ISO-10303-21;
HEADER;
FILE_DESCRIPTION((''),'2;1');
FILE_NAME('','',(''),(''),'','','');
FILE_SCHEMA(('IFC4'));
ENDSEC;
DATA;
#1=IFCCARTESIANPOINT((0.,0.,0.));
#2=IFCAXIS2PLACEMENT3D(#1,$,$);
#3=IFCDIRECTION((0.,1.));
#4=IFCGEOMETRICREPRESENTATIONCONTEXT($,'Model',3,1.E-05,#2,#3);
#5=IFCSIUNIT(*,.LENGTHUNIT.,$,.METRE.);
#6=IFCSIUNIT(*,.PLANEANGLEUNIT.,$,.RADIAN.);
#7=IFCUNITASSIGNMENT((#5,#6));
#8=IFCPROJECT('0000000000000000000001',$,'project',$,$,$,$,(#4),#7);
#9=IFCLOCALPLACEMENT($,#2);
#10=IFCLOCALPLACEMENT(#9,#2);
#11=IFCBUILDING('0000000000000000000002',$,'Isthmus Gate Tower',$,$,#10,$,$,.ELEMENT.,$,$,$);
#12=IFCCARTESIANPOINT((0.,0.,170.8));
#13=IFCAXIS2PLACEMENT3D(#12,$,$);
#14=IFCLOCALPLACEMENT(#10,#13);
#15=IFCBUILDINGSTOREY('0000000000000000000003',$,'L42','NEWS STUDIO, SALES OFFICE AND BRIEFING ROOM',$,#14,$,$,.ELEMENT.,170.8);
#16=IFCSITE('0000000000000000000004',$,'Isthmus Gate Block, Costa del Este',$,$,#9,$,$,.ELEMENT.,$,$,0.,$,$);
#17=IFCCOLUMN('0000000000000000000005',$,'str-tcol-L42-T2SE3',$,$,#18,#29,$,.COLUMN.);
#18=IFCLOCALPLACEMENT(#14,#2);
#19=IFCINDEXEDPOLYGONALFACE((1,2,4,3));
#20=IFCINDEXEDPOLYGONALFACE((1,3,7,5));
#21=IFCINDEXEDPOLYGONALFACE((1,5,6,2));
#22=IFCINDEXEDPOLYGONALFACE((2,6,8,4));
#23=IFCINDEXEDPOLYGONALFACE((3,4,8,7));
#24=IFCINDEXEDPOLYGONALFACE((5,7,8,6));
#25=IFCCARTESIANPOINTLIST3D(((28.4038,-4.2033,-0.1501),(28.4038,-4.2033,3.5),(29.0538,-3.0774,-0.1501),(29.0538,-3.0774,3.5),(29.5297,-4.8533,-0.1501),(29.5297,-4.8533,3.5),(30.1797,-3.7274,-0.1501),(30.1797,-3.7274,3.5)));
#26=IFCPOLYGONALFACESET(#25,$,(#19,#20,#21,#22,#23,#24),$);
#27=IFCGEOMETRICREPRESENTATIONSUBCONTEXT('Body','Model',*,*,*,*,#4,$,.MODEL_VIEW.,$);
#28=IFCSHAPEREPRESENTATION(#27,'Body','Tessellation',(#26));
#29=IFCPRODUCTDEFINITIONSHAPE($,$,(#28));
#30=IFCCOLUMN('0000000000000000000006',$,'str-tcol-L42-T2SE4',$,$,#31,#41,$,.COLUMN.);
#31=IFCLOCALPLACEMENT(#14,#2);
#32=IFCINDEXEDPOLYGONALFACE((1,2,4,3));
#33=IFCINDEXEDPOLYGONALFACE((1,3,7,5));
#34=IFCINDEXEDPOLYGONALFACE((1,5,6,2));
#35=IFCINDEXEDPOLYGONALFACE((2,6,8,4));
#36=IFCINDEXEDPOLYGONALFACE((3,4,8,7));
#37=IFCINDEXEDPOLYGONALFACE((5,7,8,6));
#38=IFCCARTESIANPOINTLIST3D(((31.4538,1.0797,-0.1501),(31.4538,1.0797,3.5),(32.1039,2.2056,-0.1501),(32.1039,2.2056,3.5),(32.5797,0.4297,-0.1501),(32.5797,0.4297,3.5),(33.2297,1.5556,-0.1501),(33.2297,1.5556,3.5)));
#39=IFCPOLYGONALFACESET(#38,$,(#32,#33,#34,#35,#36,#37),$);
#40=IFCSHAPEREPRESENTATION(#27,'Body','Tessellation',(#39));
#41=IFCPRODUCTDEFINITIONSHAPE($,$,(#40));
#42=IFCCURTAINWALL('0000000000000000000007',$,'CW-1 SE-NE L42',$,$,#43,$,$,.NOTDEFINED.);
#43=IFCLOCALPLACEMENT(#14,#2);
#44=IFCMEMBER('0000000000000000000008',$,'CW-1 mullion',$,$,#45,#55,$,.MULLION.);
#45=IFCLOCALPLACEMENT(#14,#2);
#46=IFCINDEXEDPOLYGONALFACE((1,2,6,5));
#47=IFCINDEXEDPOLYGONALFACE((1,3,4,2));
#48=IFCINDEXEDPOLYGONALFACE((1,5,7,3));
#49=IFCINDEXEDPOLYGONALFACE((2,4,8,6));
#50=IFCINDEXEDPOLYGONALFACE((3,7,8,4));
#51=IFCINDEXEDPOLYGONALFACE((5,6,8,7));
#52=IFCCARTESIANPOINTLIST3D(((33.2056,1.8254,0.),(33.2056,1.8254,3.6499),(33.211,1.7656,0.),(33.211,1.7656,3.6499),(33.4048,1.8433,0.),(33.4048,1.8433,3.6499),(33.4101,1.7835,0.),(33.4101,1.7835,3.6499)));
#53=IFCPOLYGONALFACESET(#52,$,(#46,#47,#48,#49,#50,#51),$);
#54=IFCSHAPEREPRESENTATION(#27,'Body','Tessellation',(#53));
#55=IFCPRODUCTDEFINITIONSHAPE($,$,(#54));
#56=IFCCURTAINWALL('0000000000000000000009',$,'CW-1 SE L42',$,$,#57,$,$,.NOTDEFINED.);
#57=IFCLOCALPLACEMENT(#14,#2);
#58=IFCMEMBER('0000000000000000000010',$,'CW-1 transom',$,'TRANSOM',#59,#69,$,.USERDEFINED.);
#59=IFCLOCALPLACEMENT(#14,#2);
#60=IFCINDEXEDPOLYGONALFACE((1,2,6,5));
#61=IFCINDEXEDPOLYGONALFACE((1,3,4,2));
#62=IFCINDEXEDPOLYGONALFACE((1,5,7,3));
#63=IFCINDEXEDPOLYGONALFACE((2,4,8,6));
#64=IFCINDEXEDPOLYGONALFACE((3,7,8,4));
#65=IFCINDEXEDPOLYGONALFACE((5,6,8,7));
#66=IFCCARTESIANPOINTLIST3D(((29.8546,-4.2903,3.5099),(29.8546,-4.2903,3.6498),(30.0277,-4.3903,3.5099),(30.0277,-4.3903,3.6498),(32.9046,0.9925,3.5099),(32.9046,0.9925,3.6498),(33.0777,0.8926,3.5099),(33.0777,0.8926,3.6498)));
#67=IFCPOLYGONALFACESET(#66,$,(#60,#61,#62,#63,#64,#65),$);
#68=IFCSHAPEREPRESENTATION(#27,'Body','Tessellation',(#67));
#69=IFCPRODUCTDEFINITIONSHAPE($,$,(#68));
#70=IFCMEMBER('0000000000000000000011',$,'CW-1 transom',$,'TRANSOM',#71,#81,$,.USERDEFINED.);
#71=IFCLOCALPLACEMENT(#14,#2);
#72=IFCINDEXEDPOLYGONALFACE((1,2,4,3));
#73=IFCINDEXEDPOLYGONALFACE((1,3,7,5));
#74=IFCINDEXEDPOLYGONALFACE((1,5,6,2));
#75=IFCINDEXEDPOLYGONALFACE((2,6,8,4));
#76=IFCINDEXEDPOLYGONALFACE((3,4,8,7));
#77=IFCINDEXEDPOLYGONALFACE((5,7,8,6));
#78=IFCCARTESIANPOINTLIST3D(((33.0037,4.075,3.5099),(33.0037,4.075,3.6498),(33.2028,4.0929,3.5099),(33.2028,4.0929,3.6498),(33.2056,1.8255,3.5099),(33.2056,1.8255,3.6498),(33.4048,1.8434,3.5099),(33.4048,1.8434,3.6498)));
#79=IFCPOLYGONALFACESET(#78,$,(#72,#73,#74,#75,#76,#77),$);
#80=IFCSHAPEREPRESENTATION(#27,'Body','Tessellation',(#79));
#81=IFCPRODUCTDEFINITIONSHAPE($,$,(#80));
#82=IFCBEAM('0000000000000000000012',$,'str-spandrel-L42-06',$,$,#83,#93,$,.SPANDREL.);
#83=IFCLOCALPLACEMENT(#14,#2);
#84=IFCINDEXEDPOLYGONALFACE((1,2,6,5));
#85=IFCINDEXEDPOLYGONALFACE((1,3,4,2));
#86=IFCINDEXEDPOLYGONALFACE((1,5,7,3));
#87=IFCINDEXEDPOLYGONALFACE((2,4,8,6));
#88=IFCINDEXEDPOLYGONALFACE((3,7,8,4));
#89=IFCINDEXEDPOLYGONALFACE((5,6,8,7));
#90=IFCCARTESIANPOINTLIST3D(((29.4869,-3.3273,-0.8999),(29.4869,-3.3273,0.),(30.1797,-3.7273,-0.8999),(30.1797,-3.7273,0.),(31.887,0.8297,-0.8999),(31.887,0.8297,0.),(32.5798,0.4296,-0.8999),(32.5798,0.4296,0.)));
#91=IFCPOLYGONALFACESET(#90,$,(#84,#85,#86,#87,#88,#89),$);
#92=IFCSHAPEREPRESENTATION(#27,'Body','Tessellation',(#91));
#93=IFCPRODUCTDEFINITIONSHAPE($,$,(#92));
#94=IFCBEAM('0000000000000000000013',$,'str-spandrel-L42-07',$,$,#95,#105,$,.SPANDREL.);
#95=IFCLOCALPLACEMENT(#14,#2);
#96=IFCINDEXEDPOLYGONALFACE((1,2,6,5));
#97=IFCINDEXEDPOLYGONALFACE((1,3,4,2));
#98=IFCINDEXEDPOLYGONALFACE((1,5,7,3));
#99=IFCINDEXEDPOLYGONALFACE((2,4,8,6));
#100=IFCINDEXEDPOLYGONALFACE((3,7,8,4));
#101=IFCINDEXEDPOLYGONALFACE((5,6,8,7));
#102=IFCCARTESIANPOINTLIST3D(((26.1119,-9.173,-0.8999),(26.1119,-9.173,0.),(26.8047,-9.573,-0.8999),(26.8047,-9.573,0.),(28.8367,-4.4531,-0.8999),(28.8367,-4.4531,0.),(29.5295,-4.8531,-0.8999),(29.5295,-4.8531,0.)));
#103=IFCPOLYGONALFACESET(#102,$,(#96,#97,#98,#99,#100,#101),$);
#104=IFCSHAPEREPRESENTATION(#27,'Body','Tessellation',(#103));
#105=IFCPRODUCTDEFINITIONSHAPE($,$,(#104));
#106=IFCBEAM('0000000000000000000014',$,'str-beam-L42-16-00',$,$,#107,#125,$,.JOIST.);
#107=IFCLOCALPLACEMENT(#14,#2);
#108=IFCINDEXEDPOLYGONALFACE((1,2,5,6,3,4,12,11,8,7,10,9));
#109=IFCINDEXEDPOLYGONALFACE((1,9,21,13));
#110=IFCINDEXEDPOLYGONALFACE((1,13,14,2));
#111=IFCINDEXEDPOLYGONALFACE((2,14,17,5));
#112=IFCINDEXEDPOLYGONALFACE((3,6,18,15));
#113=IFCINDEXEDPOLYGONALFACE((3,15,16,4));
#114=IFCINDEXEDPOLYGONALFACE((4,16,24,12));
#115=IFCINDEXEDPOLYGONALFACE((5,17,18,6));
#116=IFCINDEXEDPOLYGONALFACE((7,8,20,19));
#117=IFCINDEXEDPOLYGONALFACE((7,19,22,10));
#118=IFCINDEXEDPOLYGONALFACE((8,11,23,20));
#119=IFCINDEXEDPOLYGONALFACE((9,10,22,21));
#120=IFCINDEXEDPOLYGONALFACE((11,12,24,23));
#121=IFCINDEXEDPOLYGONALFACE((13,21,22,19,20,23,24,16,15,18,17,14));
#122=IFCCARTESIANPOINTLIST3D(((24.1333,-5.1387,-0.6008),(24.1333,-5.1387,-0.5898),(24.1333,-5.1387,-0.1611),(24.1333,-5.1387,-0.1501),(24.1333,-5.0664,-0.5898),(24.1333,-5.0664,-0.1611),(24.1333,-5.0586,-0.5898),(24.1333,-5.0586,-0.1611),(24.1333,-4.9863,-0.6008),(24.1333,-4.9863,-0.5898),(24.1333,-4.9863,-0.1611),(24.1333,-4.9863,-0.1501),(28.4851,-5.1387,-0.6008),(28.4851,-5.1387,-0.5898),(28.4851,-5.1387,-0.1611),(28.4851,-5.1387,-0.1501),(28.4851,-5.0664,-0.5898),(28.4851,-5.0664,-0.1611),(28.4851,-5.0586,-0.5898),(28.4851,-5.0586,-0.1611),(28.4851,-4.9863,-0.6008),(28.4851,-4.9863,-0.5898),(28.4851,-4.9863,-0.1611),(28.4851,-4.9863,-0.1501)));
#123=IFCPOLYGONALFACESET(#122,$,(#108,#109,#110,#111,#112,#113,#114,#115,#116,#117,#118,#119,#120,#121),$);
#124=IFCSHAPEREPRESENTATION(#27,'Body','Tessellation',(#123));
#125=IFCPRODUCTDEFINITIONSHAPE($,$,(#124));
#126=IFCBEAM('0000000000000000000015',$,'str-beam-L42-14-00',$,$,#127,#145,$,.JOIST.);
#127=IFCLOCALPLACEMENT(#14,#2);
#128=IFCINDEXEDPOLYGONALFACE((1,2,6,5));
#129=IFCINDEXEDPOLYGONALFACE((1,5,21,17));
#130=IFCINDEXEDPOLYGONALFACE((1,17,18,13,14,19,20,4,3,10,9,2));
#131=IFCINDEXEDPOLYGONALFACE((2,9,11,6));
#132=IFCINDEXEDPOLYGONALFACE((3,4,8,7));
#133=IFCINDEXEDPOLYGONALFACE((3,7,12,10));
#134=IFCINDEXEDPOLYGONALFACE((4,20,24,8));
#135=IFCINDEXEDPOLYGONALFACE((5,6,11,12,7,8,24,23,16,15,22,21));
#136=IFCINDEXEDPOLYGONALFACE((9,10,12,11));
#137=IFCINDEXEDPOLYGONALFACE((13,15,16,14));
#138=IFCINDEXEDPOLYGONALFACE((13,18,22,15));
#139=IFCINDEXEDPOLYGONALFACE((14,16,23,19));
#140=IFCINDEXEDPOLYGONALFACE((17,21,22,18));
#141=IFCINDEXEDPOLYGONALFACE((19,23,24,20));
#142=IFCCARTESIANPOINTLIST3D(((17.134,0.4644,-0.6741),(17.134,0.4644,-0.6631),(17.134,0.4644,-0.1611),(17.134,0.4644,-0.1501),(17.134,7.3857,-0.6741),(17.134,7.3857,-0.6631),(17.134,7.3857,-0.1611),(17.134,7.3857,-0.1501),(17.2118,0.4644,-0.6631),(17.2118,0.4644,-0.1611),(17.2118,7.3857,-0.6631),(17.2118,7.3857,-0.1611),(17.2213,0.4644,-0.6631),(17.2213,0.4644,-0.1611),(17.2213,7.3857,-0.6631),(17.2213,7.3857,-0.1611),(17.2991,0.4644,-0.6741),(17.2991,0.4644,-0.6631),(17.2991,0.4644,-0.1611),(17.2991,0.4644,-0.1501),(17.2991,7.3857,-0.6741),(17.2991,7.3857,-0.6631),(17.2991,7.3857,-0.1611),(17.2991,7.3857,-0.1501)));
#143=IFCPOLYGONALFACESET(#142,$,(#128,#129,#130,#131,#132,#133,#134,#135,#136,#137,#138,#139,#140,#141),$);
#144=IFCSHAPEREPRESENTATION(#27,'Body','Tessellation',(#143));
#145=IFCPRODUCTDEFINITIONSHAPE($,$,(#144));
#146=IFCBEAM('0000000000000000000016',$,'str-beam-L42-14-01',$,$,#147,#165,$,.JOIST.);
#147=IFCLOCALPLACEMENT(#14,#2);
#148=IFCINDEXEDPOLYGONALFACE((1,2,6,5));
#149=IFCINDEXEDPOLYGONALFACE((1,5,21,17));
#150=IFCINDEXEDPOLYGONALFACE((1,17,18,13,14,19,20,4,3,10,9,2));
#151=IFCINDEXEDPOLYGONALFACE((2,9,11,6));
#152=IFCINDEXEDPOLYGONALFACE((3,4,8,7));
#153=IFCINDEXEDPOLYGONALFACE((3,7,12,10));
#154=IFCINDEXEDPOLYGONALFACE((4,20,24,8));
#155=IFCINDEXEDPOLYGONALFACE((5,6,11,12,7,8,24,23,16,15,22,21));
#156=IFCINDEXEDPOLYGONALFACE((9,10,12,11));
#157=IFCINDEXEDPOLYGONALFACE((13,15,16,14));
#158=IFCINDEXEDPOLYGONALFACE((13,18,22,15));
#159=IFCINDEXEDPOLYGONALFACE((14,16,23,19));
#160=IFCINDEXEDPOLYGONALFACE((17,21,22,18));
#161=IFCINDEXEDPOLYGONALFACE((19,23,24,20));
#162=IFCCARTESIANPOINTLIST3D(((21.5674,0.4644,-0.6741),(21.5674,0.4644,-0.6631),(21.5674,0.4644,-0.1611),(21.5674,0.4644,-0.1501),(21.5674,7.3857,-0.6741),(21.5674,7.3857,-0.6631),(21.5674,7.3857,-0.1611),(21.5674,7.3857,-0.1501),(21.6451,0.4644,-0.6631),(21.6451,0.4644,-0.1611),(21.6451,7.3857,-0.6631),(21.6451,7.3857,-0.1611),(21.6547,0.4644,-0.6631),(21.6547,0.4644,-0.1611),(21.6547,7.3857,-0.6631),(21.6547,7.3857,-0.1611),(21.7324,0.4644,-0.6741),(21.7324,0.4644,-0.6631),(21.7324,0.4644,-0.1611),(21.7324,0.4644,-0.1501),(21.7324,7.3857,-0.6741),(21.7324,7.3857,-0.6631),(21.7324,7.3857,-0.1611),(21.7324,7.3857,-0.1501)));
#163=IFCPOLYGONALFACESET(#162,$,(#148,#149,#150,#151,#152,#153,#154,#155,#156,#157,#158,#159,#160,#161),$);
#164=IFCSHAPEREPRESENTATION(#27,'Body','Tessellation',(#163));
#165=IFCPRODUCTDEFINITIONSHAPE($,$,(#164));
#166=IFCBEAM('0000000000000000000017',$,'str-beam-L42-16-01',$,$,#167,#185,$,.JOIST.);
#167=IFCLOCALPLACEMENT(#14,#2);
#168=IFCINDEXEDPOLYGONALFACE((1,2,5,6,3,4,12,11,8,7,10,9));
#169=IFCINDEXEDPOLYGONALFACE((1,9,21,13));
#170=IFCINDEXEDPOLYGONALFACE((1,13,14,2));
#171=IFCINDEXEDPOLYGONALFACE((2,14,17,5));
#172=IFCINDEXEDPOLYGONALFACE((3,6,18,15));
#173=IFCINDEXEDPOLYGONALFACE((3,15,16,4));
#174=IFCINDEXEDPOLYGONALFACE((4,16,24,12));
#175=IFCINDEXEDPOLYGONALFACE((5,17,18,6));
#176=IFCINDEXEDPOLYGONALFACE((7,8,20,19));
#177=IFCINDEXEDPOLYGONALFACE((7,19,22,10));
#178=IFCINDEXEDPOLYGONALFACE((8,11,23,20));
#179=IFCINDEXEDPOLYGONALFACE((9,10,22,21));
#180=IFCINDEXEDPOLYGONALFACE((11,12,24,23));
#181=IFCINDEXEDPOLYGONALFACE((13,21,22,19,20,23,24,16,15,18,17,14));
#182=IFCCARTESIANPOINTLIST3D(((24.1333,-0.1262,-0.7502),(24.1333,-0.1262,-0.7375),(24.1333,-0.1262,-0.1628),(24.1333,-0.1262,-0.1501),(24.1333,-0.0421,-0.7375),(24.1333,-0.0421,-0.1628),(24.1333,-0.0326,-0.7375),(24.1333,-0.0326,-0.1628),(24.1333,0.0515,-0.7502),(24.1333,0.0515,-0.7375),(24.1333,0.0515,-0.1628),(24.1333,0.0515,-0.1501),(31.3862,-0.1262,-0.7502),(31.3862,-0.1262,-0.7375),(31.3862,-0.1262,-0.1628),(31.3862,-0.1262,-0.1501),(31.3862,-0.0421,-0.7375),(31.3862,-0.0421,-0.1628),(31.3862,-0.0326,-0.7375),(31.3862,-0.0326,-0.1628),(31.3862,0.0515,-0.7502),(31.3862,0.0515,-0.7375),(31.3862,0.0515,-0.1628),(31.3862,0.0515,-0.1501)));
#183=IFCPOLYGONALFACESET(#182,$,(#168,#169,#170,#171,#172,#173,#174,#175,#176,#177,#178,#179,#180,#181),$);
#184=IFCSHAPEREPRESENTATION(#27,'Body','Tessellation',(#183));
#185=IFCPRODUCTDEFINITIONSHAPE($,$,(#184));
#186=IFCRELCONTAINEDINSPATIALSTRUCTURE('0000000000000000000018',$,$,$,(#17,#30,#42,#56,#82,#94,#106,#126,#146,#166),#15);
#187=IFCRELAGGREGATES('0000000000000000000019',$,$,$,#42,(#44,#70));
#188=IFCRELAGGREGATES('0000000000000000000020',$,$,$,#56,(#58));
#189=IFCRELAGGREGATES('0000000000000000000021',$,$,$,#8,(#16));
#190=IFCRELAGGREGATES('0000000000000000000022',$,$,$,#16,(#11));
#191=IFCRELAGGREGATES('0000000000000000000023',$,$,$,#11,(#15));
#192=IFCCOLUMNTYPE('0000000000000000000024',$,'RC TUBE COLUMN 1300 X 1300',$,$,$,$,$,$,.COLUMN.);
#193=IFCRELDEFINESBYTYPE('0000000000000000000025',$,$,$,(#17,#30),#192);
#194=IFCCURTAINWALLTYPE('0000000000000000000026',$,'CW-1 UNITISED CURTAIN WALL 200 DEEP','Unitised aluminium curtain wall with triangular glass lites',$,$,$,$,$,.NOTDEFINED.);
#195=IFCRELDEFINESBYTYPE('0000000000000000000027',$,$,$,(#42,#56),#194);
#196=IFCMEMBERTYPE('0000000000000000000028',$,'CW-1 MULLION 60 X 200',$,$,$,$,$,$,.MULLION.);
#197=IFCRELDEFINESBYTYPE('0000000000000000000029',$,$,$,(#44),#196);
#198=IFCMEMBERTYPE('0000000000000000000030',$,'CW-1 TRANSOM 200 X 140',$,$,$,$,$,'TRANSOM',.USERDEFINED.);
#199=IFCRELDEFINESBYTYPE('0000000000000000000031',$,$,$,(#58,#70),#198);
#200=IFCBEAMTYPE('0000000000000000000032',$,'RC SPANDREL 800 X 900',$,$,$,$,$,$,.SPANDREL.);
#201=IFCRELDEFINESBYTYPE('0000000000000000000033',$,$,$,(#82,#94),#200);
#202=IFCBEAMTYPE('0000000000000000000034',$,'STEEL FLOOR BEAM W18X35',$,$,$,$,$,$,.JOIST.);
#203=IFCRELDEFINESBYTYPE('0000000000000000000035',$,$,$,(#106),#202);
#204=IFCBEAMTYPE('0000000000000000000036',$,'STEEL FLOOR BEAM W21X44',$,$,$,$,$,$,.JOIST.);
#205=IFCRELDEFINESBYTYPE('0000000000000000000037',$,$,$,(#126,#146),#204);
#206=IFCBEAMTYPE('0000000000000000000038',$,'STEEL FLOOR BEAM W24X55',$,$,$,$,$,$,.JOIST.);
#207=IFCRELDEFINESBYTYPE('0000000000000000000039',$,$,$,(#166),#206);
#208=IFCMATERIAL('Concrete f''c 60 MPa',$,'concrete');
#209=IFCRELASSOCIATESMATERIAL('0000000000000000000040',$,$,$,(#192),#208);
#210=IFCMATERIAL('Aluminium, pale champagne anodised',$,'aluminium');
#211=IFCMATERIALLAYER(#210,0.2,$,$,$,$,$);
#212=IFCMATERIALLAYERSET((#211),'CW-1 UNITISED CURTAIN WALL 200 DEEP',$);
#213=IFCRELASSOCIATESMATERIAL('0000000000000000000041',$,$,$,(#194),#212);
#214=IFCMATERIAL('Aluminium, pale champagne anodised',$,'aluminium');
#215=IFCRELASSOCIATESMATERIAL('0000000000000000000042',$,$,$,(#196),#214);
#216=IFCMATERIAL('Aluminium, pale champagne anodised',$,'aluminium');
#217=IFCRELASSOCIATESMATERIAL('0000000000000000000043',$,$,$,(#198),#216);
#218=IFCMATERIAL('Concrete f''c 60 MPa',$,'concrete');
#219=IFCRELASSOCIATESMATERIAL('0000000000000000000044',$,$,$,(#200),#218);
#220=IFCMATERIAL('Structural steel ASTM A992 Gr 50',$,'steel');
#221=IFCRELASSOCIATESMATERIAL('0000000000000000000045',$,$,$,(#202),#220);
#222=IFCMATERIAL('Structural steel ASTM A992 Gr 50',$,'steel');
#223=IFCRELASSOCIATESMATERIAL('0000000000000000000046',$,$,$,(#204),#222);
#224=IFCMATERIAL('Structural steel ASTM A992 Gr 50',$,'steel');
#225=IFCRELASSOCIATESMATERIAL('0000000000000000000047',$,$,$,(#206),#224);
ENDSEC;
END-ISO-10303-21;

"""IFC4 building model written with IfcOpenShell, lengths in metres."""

from ifc_helpers import new_model, si_unit, direction, frame, origin, origin_2d, place, context, subcontext, project, spatial, rectangle, i_section, extrude, material, layer, layer_set, material_profile, profile_set, type_object, element, aggregate, save


model = new_model("IFC4")

# Units and contexts
model_context = context("Model", 3, precision=1e-05, world=origin(), true_north=direction((0.0, 1.0)))
body_context = subcontext(model_context, "Body", "Model", "MODEL_VIEW")
ifc_project = project(units=[si_unit("LENGTHUNIT", "METRE"), si_unit("PLANEANGLEUNIT", "RADIAN")], contexts=[model_context])

# Site, building, storey
site_placement = place(None, origin())
site = spatial("IfcSite", under=ifc_project, at=site_placement, Name="Isthmus Gate Block, Costa del Este", CompositionType="ELEMENT", RefElevation=0.0)
building_placement = place(site_placement, origin())
building = spatial("IfcBuilding", under=site, at=building_placement, Name="Isthmus Gate Tower", CompositionType="ELEMENT")
storey_placement = place(building_placement, frame((0.0, 0.0, 170.8)))
storey = spatial("IfcBuildingStorey", under=building, at=storey_placement, Name="L42", Description="NEWS STUDIO, SALES OFFICE AND BRIEFING ROOM", CompositionType="ELEMENT", Elevation=170.8)

# Columns
ifc_material_1 = material(Name="Concrete f'c 60 MPa", Category="concrete")
ifc_material_profile_1 = material_profile(ifc_material_1, rectangle(XDim=1.3, YDim=1.3, at=origin_2d()), Name="RC 1300X1300")
ifc_profile_set_1 = profile_set([ifc_material_profile_1], Name="Concrete f'c 60 MPa")
column_type = type_object("IfcColumnType", Name="RC TUBE COLUMN 1300 X 1300", PredefinedType="COLUMN", material=ifc_profile_set_1)
for number, where, z_axis, x_axis, name in (
    (1, (29.2917, -3.9653, -0.1501), (0.0, 0.0, 1.0), (0.5, 0.866025, 0.0), "str-tcol-L42-T2SE3"),
    (2, (32.3418, 1.3176, -0.1501), (0.0, 0.0, 1.0), (0.5, 0.866025, 0.0), "str-tcol-L42-T2SE4"),
):
    element("IfcColumn", number, at=place(storey_placement, frame(where, z_axis=z_axis, x_axis=x_axis)), inside=storey, type_object=column_type, Name=name, PredefinedType="COLUMN", context=body_context, shape_type="SweptSolid", body=[
        extrude(rectangle(XDim=1.3, YDim=1.3, at=origin_2d()), origin(), (0.0, 0.0, 1.0), 3.6501),
    ])

# Curtain walls, members
ifc_material_2 = material(Name="Aluminium, pale champagne anodised", Category="aluminium")
ifc_layer_1 = layer(ifc_material_2, 0.2)
ifc_layer_set_1 = layer_set([ifc_layer_1], Name="CW-1 UNITISED CURTAIN WALL 200 DEEP")
curtain_wall_type = type_object("IfcCurtainWallType", Name="CW-1 UNITISED CURTAIN WALL 200 DEEP", Description="Unitised aluminium curtain wall with triangular glass lites", PredefinedType="NOTDEFINED", material=ifc_layer_set_1)
curtain_wall_1_placement = place(storey_placement, origin())
curtain_wall_1 = element("IfcCurtainWall", 3, at=curtain_wall_1_placement, inside=storey, type_object=curtain_wall_type, Name="CW-1 SE-NE L42", PredefinedType="NOTDEFINED")
ifc_material_3 = material(Name="Aluminium, pale champagne anodised", Category="aluminium")
ifc_material_profile_2 = material_profile(ifc_material_3, rectangle(XDim=0.0601, YDim=0.2, at=origin_2d()), Name="60x200")
ifc_profile_set_2 = profile_set([ifc_material_profile_2], Name="Aluminium, pale champagne anodised")
member_type_1 = type_object("IfcMemberType", Name="CW-1 MULLION 60 X 200", PredefinedType="MULLION", material=ifc_profile_set_2)
member_1_placement = place(storey_placement, frame((33.3079, 1.8044, 0.0), z_axis=(0.0, 0.0, 1.0), x_axis=(-0.089397, 0.995996, 0.0)))
member_1 = element("IfcMember", 4, at=member_1_placement, type_object=member_type_1, Name="CW-1 mullion", PredefinedType="MULLION", context=body_context, shape_type="SweptSolid", body=[
    extrude(rectangle(XDim=0.0601, YDim=0.2, at=origin_2d()), origin(), (0.0, 0.0, 1.0), 3.6499),
])
curtain_wall_2_placement = place(storey_placement, origin())
curtain_wall_2 = element("IfcCurtainWall", 5, at=curtain_wall_2_placement, inside=storey, type_object=curtain_wall_type, Name="CW-1 SE L42", PredefinedType="NOTDEFINED")
ifc_material_4 = material(Name="Aluminium, pale champagne anodised", Category="aluminium")
ifc_material_profile_3 = material_profile(ifc_material_4, rectangle(XDim=0.2, YDim=0.1399, at=origin_2d()), Name="200x140")
ifc_profile_set_3 = profile_set([ifc_material_profile_3], Name="Aluminium, pale champagne anodised")
member_type_2 = type_object("IfcMemberType", Name="CW-1 TRANSOM 200 X 140", ElementType="TRANSOM", PredefinedType="USERDEFINED", material=ifc_profile_set_3)
member_2_placement = place(storey_placement, frame((29.9412, -4.3403, 3.5798), z_axis=(0.499992, 0.86603, 0.0), x_axis=(-0.86603, 0.499992, 0.0)))
member_2 = element("IfcMember", 6, at=member_2_placement, type_object=member_type_2, Name="CW-1 transom", ObjectType="TRANSOM", PredefinedType="USERDEFINED", context=body_context, shape_type="SweptSolid", body=[
    extrude(rectangle(XDim=0.2, YDim=0.1399, at=origin_2d()), origin(), (0.0, 0.0, 1.0), 6.1001),
])

# Member
member_3_placement = place(storey_placement, frame((33.3052, 1.8345, 3.5798), z_axis=(-0.089395, 0.995996, 0.0), x_axis=(-0.995996, -0.089395, 0.0)))
member_3 = element("IfcMember", 7, at=member_3_placement, type_object=member_type_2, Name="CW-1 transom", ObjectType="TRANSOM", PredefinedType="USERDEFINED", context=body_context, shape_type="SweptSolid", body=[
    extrude(rectangle(XDim=0.2, YDim=0.1399, at=origin_2d()), origin(), (0.0, 0.0, 1.0), 2.2585),
])
aggregate(curtain_wall_1, [member_1, member_3])

# Beams
ifc_material_5 = material(Name="Concrete f'c 60 MPa", Category="concrete")
ifc_material_profile_4 = material_profile(ifc_material_5, rectangle(XDim=0.8, YDim=0.8999, at=origin_2d()), Name="RC 800X900")
ifc_profile_set_4 = profile_set([ifc_material_profile_4], Name="Concrete f'c 60 MPa")
beam_type_1 = type_object("IfcBeamType", Name="RC SPANDREL 800 X 900", PredefinedType="SPANDREL", material=ifc_profile_set_4)
beam_1_placement = place(storey_placement, frame((32.2334, 0.6296, -0.45), z_axis=(-0.500017, -0.866015, 0.0), x_axis=(0.866015, -0.500017, 0.0)))
element("IfcBeam", 8, at=beam_1_placement, inside=storey, type_object=beam_type_1, Name="str-spandrel-L42-06", PredefinedType="SPANDREL", context=body_context, shape_type="SweptSolid", body=[
    extrude(rectangle(XDim=0.8, YDim=0.8999, at=origin_2d()), origin(), (0.0, 0.0, 1.0), 4.8),
])
beam_2_placement = place(storey_placement, frame((29.1831, -4.6531, -0.45), z_axis=(-0.499969, -0.866043, 0.0), x_axis=(0.866043, -0.499969, 0.0)))
element("IfcBeam", 9, at=beam_2_placement, inside=storey, type_object=beam_type_1, Name="str-spandrel-L42-07", PredefinedType="SPANDREL", context=body_context, shape_type="SweptSolid", body=[
    extrude(rectangle(XDim=0.8, YDim=0.8999, at=origin_2d()), origin(), (0.0, 0.0, 1.0), 5.45),
])
ifc_material_6 = material(Name="Structural steel ASTM A992 Gr 50", Category="steel")
ifc_material_profile_5 = material_profile(ifc_material_6, i_section(OverallWidth=0.1523, OverallDepth=0.4507, WebThickness=0.0078, FlangeThickness=0.011, at=origin_2d()), Name="W18X35")
ifc_profile_set_5 = profile_set([ifc_material_profile_5], Name="Structural steel ASTM A992 Gr 50")
beam_type_2 = type_object("IfcBeamType", Name="STEEL FLOOR BEAM W18X35", PredefinedType="JOIST", material=ifc_profile_set_5)
beam_3_placement = place(storey_placement, frame((24.1333, -5.0625, -0.3755), z_axis=(1.0, 0.0, 0.0), x_axis=(0.0, 1.0, 0.0)))
element("IfcBeam", 10, at=beam_3_placement, inside=storey, type_object=beam_type_2, Name="str-beam-L42-16-00", PredefinedType="JOIST", context=body_context, shape_type="SweptSolid", body=[
    extrude(i_section(OverallWidth=0.1523, OverallDepth=0.4507, WebThickness=0.0078, FlangeThickness=0.011, at=origin_2d()), origin(), (0.0, 0.0, 1.0), 4.3518),
])
ifc_material_7 = material(Name="Structural steel ASTM A992 Gr 50", Category="steel")
ifc_material_profile_6 = material_profile(ifc_material_7, i_section(OverallWidth=0.165, OverallDepth=0.5239, WebThickness=0.0095, FlangeThickness=0.011, at=origin_2d()), Name="W21X44")
ifc_profile_set_6 = profile_set([ifc_material_profile_6], Name="Structural steel ASTM A992 Gr 50")
beam_type_3 = type_object("IfcBeamType", Name="STEEL FLOOR BEAM W21X44", PredefinedType="JOIST", material=ifc_profile_set_6)
for number, where, z_axis, x_axis, name in (
    (11, (17.2166, 0.4644, -0.4121), (0.0, 1.0, 0.0), (-1.0, 0.0, 0.0), "str-beam-L42-14-00"),
    (12, (21.6499, 0.4644, -0.4121), (0.0, 1.0, 0.0), (-1.0, 0.0, 0.0), "str-beam-L42-14-01"),
):
    element("IfcBeam", number, at=place(storey_placement, frame(where, z_axis=z_axis, x_axis=x_axis)), inside=storey, type_object=beam_type_3, Name=name, PredefinedType="JOIST", context=body_context, shape_type="SweptSolid", body=[
        extrude(i_section(OverallWidth=0.165, OverallDepth=0.5239, WebThickness=0.0095, FlangeThickness=0.011, at=origin_2d()), origin(), (0.0, 0.0, 1.0), 6.9214),
    ])
ifc_material_8 = material(Name="Structural steel ASTM A992 Gr 50", Category="steel")
ifc_material_profile_7 = material_profile(ifc_material_8, i_section(OverallWidth=0.1777, OverallDepth=0.6001, WebThickness=0.0095, FlangeThickness=0.0127, at=origin_2d()), Name="W24X55")
ifc_profile_set_7 = profile_set([ifc_material_profile_7], Name="Structural steel ASTM A992 Gr 50")
beam_type_4 = type_object("IfcBeamType", Name="STEEL FLOOR BEAM W24X55", PredefinedType="JOIST", material=ifc_profile_set_7)
beam_4_placement = place(storey_placement, frame((24.1333, -0.0374, -0.4502), z_axis=(1.0, 0.0, 0.0), x_axis=(0.0, 1.0, 0.0)))
element("IfcBeam", 13, at=beam_4_placement, inside=storey, type_object=beam_type_4, Name="str-beam-L42-16-01", PredefinedType="JOIST", context=body_context, shape_type="SweptSolid", body=[
    extrude(i_section(OverallWidth=0.1777, OverallDepth=0.6001, WebThickness=0.0095, FlangeThickness=0.0127, at=origin_2d()), origin(), (0.0, 0.0, 1.0), 7.2529),
])

aggregate(curtain_wall_2, [member_2])

save(model, "model.ifc")
